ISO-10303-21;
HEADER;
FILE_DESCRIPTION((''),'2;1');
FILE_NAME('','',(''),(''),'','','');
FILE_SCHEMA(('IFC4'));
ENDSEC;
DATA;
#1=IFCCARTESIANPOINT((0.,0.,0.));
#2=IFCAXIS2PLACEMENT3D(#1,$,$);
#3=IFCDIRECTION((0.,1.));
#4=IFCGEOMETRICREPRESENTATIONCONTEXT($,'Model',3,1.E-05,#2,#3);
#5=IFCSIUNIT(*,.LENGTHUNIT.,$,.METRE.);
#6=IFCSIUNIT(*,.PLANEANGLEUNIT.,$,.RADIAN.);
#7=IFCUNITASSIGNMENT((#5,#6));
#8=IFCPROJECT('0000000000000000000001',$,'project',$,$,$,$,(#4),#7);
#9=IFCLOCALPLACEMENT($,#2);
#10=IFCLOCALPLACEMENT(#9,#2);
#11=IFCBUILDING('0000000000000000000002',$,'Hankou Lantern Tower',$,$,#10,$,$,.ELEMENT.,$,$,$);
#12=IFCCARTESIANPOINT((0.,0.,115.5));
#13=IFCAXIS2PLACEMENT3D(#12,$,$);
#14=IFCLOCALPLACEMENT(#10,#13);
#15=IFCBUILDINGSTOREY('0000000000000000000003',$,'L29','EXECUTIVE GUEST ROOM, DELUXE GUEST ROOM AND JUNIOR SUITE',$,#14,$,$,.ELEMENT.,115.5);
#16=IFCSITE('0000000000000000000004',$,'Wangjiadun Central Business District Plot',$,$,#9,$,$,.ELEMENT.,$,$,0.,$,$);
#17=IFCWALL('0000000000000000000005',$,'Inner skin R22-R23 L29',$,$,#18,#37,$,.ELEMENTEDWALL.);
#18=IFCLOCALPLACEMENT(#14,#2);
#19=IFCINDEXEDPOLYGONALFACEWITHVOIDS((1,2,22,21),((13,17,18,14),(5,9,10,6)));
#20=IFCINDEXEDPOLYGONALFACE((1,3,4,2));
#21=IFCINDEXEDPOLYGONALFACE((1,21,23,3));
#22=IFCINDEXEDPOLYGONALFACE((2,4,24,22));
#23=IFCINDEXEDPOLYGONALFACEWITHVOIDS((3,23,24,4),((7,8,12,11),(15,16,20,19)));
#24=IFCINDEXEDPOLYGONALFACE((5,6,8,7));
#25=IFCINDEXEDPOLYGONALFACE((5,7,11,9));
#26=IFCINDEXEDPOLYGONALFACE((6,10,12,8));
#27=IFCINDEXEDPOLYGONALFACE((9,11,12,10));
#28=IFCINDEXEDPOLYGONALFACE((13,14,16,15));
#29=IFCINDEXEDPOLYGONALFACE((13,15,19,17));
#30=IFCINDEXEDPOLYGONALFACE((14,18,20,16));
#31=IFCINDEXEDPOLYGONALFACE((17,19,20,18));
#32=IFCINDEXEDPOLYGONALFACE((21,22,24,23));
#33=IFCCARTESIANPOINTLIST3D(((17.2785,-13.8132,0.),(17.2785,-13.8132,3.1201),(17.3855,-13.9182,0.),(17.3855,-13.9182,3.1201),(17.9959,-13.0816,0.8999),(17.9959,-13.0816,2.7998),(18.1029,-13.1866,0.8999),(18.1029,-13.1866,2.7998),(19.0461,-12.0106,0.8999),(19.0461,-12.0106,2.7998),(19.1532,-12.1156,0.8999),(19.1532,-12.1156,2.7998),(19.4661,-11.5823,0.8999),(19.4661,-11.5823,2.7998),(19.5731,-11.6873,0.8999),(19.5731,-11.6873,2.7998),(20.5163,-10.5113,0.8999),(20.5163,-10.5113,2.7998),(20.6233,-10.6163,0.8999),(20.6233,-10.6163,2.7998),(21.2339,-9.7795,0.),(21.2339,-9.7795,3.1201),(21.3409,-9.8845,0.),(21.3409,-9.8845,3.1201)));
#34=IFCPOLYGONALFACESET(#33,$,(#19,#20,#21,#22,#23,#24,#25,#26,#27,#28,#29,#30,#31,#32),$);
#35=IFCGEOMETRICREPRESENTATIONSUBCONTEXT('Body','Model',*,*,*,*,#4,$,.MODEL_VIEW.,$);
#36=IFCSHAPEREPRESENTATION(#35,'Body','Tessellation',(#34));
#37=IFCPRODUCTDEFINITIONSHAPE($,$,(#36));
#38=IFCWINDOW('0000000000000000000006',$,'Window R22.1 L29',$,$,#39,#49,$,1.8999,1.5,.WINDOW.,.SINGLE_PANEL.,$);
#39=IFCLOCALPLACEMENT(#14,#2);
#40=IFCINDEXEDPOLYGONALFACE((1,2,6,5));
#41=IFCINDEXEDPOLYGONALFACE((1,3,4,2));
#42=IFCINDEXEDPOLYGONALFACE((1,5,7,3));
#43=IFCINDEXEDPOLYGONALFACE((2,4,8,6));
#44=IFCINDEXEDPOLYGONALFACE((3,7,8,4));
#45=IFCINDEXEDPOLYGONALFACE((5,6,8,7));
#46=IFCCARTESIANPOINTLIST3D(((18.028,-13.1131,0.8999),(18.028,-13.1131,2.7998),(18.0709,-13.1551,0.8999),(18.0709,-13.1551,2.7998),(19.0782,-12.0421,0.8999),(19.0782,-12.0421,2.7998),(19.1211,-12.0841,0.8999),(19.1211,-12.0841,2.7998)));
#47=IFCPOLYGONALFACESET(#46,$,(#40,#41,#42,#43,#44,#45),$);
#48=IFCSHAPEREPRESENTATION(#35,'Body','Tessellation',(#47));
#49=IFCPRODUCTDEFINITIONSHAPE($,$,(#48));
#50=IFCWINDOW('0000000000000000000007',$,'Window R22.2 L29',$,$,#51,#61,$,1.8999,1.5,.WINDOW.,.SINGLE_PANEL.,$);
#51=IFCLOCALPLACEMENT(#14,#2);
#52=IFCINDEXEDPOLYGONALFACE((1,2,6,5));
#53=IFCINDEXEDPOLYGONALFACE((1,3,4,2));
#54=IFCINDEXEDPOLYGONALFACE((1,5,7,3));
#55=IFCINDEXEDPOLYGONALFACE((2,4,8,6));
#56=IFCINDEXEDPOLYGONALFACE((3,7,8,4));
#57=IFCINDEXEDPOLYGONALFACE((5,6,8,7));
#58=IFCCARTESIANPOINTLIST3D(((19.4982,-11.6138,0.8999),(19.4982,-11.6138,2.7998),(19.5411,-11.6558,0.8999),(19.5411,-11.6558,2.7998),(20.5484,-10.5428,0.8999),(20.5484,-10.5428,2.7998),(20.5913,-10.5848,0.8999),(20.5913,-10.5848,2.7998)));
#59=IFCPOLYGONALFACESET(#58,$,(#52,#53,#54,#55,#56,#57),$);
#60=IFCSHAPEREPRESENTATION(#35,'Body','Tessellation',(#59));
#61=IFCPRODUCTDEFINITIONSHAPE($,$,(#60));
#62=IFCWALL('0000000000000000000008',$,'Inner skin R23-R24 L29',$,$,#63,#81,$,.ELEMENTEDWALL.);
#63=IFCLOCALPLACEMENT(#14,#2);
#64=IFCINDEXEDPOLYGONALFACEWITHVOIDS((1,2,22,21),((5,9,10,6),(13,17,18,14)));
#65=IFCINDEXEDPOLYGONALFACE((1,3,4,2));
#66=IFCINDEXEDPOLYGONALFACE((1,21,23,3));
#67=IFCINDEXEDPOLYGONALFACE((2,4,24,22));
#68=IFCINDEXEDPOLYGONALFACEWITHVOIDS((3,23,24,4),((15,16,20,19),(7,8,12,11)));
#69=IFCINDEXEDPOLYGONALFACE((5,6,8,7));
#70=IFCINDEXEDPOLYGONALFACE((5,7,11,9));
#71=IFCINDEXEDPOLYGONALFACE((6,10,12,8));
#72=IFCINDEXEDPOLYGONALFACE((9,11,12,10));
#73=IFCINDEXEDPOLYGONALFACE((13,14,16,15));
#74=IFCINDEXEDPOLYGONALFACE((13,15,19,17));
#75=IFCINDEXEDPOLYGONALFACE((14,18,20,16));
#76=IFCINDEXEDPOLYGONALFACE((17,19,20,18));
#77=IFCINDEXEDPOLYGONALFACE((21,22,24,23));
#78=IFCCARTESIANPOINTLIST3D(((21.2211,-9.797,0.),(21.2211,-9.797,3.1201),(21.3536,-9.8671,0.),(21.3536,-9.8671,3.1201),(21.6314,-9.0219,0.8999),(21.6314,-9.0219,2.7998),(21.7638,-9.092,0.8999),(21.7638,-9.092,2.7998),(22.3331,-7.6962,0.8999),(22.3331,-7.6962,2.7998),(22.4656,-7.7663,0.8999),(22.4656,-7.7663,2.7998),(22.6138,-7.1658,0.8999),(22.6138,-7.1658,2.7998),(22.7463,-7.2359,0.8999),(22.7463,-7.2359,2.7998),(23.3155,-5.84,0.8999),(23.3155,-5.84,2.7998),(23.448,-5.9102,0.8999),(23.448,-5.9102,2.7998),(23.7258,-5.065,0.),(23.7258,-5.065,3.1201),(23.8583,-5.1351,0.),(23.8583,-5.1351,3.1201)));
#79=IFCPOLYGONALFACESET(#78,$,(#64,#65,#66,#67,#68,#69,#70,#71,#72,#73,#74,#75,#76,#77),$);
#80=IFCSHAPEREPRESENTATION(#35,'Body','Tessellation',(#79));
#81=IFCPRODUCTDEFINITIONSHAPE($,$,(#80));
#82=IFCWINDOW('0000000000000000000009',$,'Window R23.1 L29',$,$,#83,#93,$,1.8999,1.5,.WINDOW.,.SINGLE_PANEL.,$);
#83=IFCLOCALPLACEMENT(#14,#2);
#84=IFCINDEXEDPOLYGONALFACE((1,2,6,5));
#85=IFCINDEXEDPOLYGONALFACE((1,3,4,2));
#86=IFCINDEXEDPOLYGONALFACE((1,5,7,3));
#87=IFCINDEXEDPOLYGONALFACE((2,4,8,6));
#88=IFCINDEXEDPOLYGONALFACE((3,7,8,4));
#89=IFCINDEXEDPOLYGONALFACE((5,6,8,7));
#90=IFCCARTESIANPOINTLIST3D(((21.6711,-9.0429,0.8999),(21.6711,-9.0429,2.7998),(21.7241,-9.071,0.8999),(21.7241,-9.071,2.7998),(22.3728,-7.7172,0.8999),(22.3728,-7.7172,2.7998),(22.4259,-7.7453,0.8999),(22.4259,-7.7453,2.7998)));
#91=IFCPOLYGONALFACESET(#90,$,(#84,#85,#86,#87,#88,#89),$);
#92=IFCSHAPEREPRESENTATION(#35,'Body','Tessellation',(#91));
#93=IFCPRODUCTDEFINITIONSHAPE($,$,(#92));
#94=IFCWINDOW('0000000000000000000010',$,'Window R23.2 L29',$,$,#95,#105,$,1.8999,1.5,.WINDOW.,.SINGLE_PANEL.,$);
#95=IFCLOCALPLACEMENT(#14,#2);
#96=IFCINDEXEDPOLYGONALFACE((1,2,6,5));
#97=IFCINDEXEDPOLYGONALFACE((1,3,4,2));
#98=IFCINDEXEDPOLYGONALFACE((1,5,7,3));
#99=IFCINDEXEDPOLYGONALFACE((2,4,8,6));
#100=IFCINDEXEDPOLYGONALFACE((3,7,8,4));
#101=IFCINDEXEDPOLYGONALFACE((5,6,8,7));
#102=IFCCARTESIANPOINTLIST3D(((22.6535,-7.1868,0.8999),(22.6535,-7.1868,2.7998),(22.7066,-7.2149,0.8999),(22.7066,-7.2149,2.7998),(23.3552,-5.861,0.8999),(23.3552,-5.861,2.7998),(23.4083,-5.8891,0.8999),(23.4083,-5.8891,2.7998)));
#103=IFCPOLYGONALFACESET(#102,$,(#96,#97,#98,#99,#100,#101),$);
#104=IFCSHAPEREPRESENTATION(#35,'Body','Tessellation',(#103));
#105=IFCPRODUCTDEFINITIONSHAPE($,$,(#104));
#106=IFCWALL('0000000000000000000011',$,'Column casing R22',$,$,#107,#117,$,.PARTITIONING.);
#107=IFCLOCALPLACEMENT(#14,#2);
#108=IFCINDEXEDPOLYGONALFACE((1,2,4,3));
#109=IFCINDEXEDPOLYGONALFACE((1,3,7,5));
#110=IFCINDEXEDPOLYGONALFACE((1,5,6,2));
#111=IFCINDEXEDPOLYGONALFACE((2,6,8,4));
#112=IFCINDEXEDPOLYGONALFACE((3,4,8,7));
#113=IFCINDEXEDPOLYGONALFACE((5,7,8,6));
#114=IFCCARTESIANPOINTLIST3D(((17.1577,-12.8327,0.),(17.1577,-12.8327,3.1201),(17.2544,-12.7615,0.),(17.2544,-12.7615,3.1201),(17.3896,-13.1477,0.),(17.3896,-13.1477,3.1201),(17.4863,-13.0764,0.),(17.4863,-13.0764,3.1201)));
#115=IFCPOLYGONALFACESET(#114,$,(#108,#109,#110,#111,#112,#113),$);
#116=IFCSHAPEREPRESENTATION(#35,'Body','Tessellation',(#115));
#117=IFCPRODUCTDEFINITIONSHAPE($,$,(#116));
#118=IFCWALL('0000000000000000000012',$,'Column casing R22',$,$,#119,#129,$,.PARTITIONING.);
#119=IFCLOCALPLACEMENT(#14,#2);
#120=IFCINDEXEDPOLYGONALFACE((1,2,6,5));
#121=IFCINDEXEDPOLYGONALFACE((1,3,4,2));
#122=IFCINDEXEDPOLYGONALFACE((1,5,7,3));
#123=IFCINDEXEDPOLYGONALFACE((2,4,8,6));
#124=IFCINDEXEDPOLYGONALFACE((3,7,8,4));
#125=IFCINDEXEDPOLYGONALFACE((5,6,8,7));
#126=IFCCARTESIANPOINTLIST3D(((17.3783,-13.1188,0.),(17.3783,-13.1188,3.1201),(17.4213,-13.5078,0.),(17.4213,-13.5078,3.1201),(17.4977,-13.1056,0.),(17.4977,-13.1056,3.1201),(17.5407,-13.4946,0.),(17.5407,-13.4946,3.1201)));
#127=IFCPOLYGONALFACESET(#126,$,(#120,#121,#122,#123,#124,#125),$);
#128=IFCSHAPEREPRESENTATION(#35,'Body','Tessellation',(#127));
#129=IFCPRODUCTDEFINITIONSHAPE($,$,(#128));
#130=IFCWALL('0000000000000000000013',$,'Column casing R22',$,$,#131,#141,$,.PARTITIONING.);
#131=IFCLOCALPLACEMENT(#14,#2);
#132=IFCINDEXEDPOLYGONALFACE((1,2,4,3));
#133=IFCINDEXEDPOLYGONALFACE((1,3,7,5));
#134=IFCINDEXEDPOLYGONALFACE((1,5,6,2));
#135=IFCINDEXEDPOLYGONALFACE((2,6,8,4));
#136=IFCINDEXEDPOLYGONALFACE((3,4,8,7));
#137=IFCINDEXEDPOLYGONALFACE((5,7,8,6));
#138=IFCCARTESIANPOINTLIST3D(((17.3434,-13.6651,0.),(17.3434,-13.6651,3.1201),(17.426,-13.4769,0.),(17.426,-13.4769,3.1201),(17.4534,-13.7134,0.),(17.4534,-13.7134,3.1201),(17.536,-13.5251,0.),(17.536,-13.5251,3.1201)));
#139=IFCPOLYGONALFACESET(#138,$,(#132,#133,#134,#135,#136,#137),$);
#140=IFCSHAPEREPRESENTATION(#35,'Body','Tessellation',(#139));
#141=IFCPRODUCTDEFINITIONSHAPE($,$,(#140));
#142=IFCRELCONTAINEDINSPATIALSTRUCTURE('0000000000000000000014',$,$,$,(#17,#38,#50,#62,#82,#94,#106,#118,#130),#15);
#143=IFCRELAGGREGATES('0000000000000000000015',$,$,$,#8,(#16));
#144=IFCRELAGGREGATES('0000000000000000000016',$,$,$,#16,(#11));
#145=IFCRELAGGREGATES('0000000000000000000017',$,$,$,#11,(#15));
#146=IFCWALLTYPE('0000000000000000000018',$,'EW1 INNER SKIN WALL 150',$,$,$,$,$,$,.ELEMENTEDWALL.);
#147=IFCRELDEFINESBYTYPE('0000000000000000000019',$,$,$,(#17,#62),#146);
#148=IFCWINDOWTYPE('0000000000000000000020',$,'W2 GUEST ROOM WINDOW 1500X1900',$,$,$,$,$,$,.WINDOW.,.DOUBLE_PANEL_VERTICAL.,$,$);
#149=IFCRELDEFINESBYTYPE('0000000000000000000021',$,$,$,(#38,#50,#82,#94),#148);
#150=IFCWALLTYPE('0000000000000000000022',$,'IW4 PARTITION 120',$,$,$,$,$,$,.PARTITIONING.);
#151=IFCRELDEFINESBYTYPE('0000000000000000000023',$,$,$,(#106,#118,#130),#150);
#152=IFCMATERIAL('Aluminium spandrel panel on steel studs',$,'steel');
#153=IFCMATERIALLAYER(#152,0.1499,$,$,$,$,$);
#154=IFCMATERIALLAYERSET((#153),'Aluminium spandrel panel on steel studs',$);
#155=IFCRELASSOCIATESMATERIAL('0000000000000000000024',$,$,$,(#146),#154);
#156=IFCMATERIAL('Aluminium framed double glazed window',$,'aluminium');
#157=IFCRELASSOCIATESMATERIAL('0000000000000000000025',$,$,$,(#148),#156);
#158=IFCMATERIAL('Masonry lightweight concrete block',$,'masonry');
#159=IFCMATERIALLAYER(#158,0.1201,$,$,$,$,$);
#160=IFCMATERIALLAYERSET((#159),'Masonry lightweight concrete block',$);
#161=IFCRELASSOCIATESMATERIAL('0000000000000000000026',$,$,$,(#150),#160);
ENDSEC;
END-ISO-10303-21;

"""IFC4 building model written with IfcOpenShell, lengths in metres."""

from ifc_helpers import new_model, si_unit, direction, frame, frame_2d, origin, place, context, subcontext, project, spatial, rectangle, extrude, material, layer, layer_set, type_object, element, fill, save


model = new_model("IFC4")

# Units and contexts
model_context = context("Model", 3, precision=1e-05, world=origin(), true_north=direction((0.0, 1.0)))
body_context = subcontext(model_context, "Body", "Model", "MODEL_VIEW")
ifc_project = project(units=[si_unit("LENGTHUNIT", "METRE"), si_unit("PLANEANGLEUNIT", "RADIAN")], contexts=[model_context])

# Site, building, storey
site_placement = place(None, origin())
site = spatial("IfcSite", under=ifc_project, at=site_placement, Name="Wangjiadun Central Business District Plot", CompositionType="ELEMENT", RefElevation=0.0)
building_placement = place(site_placement, origin())
building = spatial("IfcBuilding", under=site, at=building_placement, Name="Hankou Lantern Tower", CompositionType="ELEMENT")
storey_placement = place(building_placement, frame((0.0, 0.0, 115.5)))
storey = spatial("IfcBuildingStorey", under=building, at=storey_placement, Name="L29", Description="EXECUTIVE GUEST ROOM, DELUXE GUEST ROOM AND JUNIOR SUITE", CompositionType="ELEMENT", Elevation=115.5)

# Walls, openings, windows
ifc_material_1 = material(Name="Aluminium spandrel panel on steel studs", Category="steel")
ifc_layer_1 = layer(ifc_material_1, 0.1499)
ifc_layer_set_1 = layer_set([ifc_layer_1], Name="Aluminium spandrel panel on steel studs")
wall_type_1 = type_object("IfcWallType", Name="EW1 INNER SKIN WALL 150", PredefinedType="ELEMENTEDWALL", material=ifc_layer_set_1)
wall_1_placement = place(storey_placement, frame((17.332, -13.8657, 0.0), z_axis=(0.0, 0.0, 1.0), x_axis=(0.700137, 0.714009, 0.0)))
wall_1 = element("IfcWall", 1, at=wall_1_placement, inside=storey, type_object=wall_type_1, Name="Inner skin R22-R23 L29", PredefinedType="ELEMENTEDWALL", context=body_context, shape_type="SweptSolid", body=[
    extrude(rectangle(XDim=5.6494, YDim=0.1499, at=frame_2d((2.8247, 0.0))), origin(), (0.0, 0.0, 1.0), 3.1201),
])
opening_1_placement = place(wall_1_placement, frame((1.0247, 0.0, 0.8999)))
opening_1 = element("IfcOpeningElement", 2, at=opening_1_placement, cuts=wall_1, PredefinedType="OPENING", context=body_context, shape_type="SweptSolid", body=[
    extrude(rectangle(XDim=1.5, YDim=1.8999, at=frame_2d((0.75, 0.95))), frame((0.0, 0.085, 0.0), z_axis=(0.0, -1.0, 0.0), x_axis=(1.0, 0.0, 0.0)), (0.0, 0.0, 1.0), 0.1699),
])
opening_2_placement = place(wall_1_placement, frame((3.1245, 0.0, 0.8999)))
opening_2 = element("IfcOpeningElement", 3, at=opening_2_placement, cuts=wall_1, PredefinedType="OPENING", context=body_context, shape_type="SweptSolid", body=[
    extrude(rectangle(XDim=1.5, YDim=1.8999, at=frame_2d((0.75, 0.95))), frame((0.0, 0.085, 0.0), z_axis=(0.0, -1.0, 0.0), x_axis=(1.0, 0.0, 0.0)), (0.0, 0.0, 1.0), 0.1699),
])
ifc_material_2 = material(Name="Aluminium framed double glazed window", Category="aluminium")
window_type = type_object("IfcWindowType", Name="W2 GUEST ROOM WINDOW 1500X1900", PartitioningType="DOUBLE_PANEL_VERTICAL", PredefinedType="WINDOW", material=ifc_material_2)
window_1_placement = place(opening_1_placement, origin())
window_1 = element("IfcWindow", 4, at=window_1_placement, inside=storey, type_object=window_type, Name="Window R22.1 L29", OverallHeight=1.8999, OverallWidth=1.5, PartitioningType="SINGLE_PANEL", PredefinedType="WINDOW", context=body_context, shape_type="SweptSolid", body=[
    extrude(rectangle(XDim=1.5, YDim=1.8999, at=frame_2d((0.75, 0.95))), frame((0.0, 0.03, 0.0), z_axis=(0.0, -1.0, 0.0), x_axis=(1.0, 0.0, 0.0)), (0.0, 0.0, 1.0), 0.0601),
])
fill(opening_1, window_1)
window_2_placement = place(opening_2_placement, origin())
window_2 = element("IfcWindow", 5, at=window_2_placement, inside=storey, type_object=window_type, Name="Window R22.2 L29", OverallHeight=1.8999, OverallWidth=1.5, PartitioningType="SINGLE_PANEL", PredefinedType="WINDOW", context=body_context, shape_type="SweptSolid", body=[
    extrude(rectangle(XDim=1.5, YDim=1.8999, at=frame_2d((0.75, 0.95))), frame((0.0, 0.03, 0.0), z_axis=(0.0, -1.0, 0.0), x_axis=(1.0, 0.0, 0.0)), (0.0, 0.0, 1.0), 0.0601),
])
fill(opening_2, window_2)
wall_2_placement = place(storey_placement, frame((21.2874, -9.832, 0.0), z_axis=(0.0, 0.0, 1.0), x_axis=(0.467814, 0.883827, 0.0)))
wall_2 = element("IfcWall", 6, at=wall_2_placement, inside=storey, type_object=wall_type_1, Name="Inner skin R23-R24 L29", PredefinedType="ELEMENTEDWALL", context=body_context, shape_type="SweptSolid", body=[
    extrude(rectangle(XDim=5.354, YDim=0.1499, at=frame_2d((2.677, 0.0))), origin(), (0.0, 0.0, 1.0), 3.1201),
])
opening_3_placement = place(wall_2_placement, frame((0.877, 0.0, 0.8999)))
opening_3 = element("IfcOpeningElement", 7, at=opening_3_placement, cuts=wall_2, PredefinedType="OPENING", context=body_context, shape_type="SweptSolid", body=[
    extrude(rectangle(XDim=1.5, YDim=1.8999, at=frame_2d((0.75, 0.95))), frame((0.0, 0.085, 0.0), z_axis=(0.0, -1.0, 0.0), x_axis=(1.0, 0.0, 0.0)), (0.0, 0.0, 1.0), 0.1699),
])
opening_4_placement = place(wall_2_placement, frame((2.9771, 0.0, 0.8999)))
opening_4 = element("IfcOpeningElement", 8, at=opening_4_placement, cuts=wall_2, PredefinedType="OPENING", context=body_context, shape_type="SweptSolid", body=[
    extrude(rectangle(XDim=1.5, YDim=1.8999, at=frame_2d((0.75, 0.95))), frame((0.0, 0.085, 0.0), z_axis=(0.0, -1.0, 0.0), x_axis=(1.0, 0.0, 0.0)), (0.0, 0.0, 1.0), 0.1699),
])
window_3_placement = place(opening_3_placement, origin())
window_3 = element("IfcWindow", 9, at=window_3_placement, inside=storey, type_object=window_type, Name="Window R23.1 L29", OverallHeight=1.8999, OverallWidth=1.5, PartitioningType="SINGLE_PANEL", PredefinedType="WINDOW", context=body_context, shape_type="SweptSolid", body=[
    extrude(rectangle(XDim=1.5, YDim=1.8999, at=frame_2d((0.75, 0.95))), frame((0.0, 0.03, 0.0), z_axis=(0.0, -1.0, 0.0), x_axis=(1.0, 0.0, 0.0)), (0.0, 0.0, 1.0), 0.0601),
])
fill(opening_3, window_3)
window_4_placement = place(opening_4_placement, origin())
window_4 = element("IfcWindow", 10, at=window_4_placement, inside=storey, type_object=window_type, Name="Window R23.2 L29", OverallHeight=1.8999, OverallWidth=1.5, PartitioningType="SINGLE_PANEL", PredefinedType="WINDOW", context=body_context, shape_type="SweptSolid", body=[
    extrude(rectangle(XDim=1.5, YDim=1.8999, at=frame_2d((0.75, 0.95))), frame((0.0, 0.03, 0.0), z_axis=(0.0, -1.0, 0.0), x_axis=(1.0, 0.0, 0.0)), (0.0, 0.0, 1.0), 0.0601),
])
fill(opening_4, window_4)

# Walls
ifc_material_3 = material(Name="Masonry lightweight concrete block", Category="masonry")
ifc_layer_2 = layer(ifc_material_3, 0.1201)
ifc_layer_set_2 = layer_set([ifc_layer_2], Name="Masonry lightweight concrete block")
wall_type_2 = type_object("IfcWallType", Name="IW4 PARTITION 120", PredefinedType="PARTITIONING", material=ifc_layer_set_2)
wall_3_placement = place(storey_placement, frame((17.2061, -12.7971, 0.0), z_axis=(0.0, 0.0, 1.0), x_axis=(0.592986, -0.805213, 0.0)))
element("IfcWall", 11, at=wall_3_placement, inside=storey, type_object=wall_type_2, Name="Column casing R22", PredefinedType="PARTITIONING", context=body_context, shape_type="SweptSolid", body=[
    extrude(rectangle(XDim=0.3911, YDim=0.1201, at=frame_2d((0.1956, 0.0))), origin(), (0.0, 0.0, 1.0), 3.1201),
])
wall_4_placement = place(storey_placement, frame((17.438, -13.1121, 0.0), z_axis=(0.0, 0.0, 1.0), x_axis=(0.109815, -0.993952, 0.0)))
element("IfcWall", 12, at=wall_4_placement, inside=storey, type_object=wall_type_2, Name="Column casing R22", PredefinedType="PARTITIONING", context=body_context, shape_type="SweptSolid", body=[
    extrude(rectangle(XDim=0.3914, YDim=0.1201, at=frame_2d((0.1958, 0.0))), origin(), (0.0, 0.0, 1.0), 3.1201),
])
wall_5_placement = place(storey_placement, frame((17.481, -13.501, 0.0), z_axis=(0.0, 0.0, 1.0), x_axis=(-0.401504, -0.915857, 0.0)))
element("IfcWall", 13, at=wall_5_placement, inside=storey, type_object=wall_type_2, Name="Column casing R22", PredefinedType="PARTITIONING", context=body_context, shape_type="SweptSolid", body=[
    extrude(rectangle(XDim=0.2056, YDim=0.1201, at=frame_2d((0.1028, 0.0))), origin(), (0.0, 0.0, 1.0), 3.1201),
])

save(model, "model.ifc")
